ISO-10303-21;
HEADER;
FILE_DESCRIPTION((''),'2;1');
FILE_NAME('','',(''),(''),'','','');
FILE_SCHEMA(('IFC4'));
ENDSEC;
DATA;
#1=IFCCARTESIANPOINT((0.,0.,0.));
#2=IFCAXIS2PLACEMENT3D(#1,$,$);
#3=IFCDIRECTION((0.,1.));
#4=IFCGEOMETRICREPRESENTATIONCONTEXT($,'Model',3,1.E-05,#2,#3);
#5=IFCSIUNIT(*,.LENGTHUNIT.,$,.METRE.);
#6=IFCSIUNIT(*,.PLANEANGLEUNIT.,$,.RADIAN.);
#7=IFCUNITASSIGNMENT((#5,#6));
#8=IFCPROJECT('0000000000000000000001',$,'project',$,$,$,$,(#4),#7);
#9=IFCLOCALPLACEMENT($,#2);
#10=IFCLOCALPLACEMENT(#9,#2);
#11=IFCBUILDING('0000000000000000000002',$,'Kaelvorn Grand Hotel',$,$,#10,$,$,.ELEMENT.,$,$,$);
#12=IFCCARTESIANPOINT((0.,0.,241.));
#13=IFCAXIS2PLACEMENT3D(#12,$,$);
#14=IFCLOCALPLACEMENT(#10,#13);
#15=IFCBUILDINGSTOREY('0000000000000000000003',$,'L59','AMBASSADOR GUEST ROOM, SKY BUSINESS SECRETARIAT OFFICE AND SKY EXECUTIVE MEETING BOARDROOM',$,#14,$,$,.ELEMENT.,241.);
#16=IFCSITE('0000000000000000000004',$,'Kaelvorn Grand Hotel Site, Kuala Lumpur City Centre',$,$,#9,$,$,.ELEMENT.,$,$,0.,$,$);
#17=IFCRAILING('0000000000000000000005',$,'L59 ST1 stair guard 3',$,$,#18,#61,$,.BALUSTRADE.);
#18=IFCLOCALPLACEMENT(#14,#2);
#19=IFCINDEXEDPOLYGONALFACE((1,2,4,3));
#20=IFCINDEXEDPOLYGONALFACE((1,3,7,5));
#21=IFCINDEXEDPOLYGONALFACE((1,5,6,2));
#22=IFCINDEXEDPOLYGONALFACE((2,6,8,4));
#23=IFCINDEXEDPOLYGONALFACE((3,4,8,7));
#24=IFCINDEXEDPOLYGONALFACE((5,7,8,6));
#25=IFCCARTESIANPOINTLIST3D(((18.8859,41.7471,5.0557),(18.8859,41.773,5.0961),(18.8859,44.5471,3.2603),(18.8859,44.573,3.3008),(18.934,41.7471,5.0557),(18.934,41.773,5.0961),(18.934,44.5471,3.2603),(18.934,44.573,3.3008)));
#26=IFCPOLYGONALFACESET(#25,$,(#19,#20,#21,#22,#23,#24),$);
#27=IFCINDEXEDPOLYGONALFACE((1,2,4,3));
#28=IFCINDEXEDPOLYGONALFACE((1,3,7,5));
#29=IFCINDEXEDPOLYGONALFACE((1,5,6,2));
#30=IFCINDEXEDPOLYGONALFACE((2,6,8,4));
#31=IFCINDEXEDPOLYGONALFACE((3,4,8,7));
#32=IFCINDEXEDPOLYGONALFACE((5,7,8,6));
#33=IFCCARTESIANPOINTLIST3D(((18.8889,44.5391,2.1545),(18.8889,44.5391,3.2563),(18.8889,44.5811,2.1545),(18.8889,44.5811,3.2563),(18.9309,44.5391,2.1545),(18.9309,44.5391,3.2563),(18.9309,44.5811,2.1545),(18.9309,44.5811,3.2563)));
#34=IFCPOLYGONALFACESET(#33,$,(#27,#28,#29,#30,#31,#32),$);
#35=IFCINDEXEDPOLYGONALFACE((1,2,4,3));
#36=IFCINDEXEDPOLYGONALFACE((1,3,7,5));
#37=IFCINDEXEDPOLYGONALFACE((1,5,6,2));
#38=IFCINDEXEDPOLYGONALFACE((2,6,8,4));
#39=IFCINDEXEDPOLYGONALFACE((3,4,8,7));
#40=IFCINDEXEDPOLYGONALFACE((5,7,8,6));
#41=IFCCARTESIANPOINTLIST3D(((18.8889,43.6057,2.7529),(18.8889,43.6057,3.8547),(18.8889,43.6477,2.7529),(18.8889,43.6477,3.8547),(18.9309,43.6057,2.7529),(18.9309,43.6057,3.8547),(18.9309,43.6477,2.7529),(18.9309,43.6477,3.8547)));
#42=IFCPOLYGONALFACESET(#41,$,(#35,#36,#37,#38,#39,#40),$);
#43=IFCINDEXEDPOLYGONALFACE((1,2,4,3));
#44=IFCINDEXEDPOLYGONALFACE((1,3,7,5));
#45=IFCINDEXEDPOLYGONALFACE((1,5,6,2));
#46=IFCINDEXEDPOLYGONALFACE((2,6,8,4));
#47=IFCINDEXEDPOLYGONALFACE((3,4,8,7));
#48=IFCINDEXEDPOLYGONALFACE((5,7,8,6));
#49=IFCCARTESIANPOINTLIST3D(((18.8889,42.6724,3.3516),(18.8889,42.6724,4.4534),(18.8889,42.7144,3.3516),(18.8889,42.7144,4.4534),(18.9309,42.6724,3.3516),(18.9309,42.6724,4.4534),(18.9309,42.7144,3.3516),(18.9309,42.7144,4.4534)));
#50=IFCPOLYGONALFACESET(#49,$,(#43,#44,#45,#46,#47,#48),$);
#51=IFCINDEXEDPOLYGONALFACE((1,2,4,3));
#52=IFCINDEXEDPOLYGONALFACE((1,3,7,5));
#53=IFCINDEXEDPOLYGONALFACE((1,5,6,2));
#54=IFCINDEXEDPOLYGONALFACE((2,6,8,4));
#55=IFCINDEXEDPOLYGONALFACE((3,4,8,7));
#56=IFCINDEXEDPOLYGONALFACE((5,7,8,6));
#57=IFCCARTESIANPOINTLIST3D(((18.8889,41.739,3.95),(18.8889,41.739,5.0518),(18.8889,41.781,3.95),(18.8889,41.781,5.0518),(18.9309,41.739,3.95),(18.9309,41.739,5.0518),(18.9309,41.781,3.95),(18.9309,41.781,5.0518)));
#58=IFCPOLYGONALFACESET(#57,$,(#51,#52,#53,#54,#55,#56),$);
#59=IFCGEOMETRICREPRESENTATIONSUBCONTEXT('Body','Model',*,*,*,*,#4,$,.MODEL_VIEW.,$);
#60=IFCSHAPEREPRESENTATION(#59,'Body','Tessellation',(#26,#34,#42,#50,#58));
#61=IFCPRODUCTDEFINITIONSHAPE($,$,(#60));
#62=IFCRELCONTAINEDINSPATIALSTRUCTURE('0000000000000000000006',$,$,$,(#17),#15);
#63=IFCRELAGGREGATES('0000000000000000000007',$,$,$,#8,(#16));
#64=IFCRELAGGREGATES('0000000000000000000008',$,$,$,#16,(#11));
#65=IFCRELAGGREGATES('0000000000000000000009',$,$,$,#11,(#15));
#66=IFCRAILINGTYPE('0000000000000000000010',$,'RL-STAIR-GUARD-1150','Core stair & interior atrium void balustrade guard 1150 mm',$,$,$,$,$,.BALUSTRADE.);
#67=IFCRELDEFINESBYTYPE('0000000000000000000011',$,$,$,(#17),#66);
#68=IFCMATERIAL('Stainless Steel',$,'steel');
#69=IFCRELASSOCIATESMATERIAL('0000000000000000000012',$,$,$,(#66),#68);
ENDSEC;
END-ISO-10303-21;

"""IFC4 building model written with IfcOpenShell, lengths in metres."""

from ifc_helpers import new_model, si_unit, direction, frame, origin, origin_2d, place, context, subcontext, project, spatial, rectangle, extrude, material, type_object, element, save


model = new_model("IFC4")

# Units and contexts
model_context = context("Model", 3, precision=1e-05, world=origin(), true_north=direction((0.0, 1.0)))
body_context = subcontext(model_context, "Body", "Model", "MODEL_VIEW")
ifc_project = project(units=[si_unit("LENGTHUNIT", "METRE"), si_unit("PLANEANGLEUNIT", "RADIAN")], contexts=[model_context])

# Site, building, storey
site_placement = place(None, origin())
site = spatial("IfcSite", under=ifc_project, at=site_placement, Name="Kaelvorn Grand Hotel Site, Kuala Lumpur City Centre", CompositionType="ELEMENT", RefElevation=0.0)
building_placement = place(site_placement, origin())
building = spatial("IfcBuilding", under=site, at=building_placement, Name="Kaelvorn Grand Hotel", CompositionType="ELEMENT")
storey_placement = place(building_placement, frame((0.0, 0.0, 241.0)))
storey = spatial("IfcBuildingStorey", under=building, at=storey_placement, Name="L59", Description="AMBASSADOR GUEST ROOM, SKY BUSINESS SECRETARIAT OFFICE AND SKY EXECUTIVE MEETING BOARDROOM", CompositionType="ELEMENT", Elevation=241.0)

# Railing
ifc_material_1 = material(Name="Stainless Steel", Category="steel")
railing_type_1 = type_object("IfcRailingType", Name="RL-STAIR-GUARD-1150", Description="Core stair & interior atrium void balustrade guard 1150 mm", PredefinedType="BALUSTRADE", material=ifc_material_1)
railing_1_placement = place(storey_placement, frame((18.9099, 44.5601, 2.1545)))
element("IfcRailing", 1, at=railing_1_placement, inside=storey, type_object=railing_type_1, Name="L59 ST1 stair guard 3", PredefinedType="BALUSTRADE", context=body_context, shape_type="SweptSolid", body=[
    extrude(rectangle(XDim=0.0481, YDim=0.0481, at=origin_2d()), frame((0.0, 0.0, 1.126), z_axis=(0.0, -0.84181, 0.539774), x_axis=(1.0, 0.0, 0.0)), (0.0, 0.0, 1.0), 3.3262),
    extrude(rectangle(XDim=0.042, YDim=0.042, at=origin_2d()), origin(), (0.0, 0.0, 1.0), 1.1018),
    extrude(rectangle(XDim=0.042, YDim=0.042, at=origin_2d()), frame((0.0, -0.9333, 0.5984)), (0.0, 0.0, 1.0), 1.1018),
    extrude(rectangle(XDim=0.042, YDim=0.042, at=origin_2d()), frame((0.0, -1.8667, 1.197)), (0.0, 0.0, 1.0), 1.1018),
    extrude(rectangle(XDim=0.042, YDim=0.042, at=origin_2d()), frame((0.0, -2.8, 1.7954)), (0.0, 0.0, 1.0), 1.1018),
])

save(model, "model.ifc")
